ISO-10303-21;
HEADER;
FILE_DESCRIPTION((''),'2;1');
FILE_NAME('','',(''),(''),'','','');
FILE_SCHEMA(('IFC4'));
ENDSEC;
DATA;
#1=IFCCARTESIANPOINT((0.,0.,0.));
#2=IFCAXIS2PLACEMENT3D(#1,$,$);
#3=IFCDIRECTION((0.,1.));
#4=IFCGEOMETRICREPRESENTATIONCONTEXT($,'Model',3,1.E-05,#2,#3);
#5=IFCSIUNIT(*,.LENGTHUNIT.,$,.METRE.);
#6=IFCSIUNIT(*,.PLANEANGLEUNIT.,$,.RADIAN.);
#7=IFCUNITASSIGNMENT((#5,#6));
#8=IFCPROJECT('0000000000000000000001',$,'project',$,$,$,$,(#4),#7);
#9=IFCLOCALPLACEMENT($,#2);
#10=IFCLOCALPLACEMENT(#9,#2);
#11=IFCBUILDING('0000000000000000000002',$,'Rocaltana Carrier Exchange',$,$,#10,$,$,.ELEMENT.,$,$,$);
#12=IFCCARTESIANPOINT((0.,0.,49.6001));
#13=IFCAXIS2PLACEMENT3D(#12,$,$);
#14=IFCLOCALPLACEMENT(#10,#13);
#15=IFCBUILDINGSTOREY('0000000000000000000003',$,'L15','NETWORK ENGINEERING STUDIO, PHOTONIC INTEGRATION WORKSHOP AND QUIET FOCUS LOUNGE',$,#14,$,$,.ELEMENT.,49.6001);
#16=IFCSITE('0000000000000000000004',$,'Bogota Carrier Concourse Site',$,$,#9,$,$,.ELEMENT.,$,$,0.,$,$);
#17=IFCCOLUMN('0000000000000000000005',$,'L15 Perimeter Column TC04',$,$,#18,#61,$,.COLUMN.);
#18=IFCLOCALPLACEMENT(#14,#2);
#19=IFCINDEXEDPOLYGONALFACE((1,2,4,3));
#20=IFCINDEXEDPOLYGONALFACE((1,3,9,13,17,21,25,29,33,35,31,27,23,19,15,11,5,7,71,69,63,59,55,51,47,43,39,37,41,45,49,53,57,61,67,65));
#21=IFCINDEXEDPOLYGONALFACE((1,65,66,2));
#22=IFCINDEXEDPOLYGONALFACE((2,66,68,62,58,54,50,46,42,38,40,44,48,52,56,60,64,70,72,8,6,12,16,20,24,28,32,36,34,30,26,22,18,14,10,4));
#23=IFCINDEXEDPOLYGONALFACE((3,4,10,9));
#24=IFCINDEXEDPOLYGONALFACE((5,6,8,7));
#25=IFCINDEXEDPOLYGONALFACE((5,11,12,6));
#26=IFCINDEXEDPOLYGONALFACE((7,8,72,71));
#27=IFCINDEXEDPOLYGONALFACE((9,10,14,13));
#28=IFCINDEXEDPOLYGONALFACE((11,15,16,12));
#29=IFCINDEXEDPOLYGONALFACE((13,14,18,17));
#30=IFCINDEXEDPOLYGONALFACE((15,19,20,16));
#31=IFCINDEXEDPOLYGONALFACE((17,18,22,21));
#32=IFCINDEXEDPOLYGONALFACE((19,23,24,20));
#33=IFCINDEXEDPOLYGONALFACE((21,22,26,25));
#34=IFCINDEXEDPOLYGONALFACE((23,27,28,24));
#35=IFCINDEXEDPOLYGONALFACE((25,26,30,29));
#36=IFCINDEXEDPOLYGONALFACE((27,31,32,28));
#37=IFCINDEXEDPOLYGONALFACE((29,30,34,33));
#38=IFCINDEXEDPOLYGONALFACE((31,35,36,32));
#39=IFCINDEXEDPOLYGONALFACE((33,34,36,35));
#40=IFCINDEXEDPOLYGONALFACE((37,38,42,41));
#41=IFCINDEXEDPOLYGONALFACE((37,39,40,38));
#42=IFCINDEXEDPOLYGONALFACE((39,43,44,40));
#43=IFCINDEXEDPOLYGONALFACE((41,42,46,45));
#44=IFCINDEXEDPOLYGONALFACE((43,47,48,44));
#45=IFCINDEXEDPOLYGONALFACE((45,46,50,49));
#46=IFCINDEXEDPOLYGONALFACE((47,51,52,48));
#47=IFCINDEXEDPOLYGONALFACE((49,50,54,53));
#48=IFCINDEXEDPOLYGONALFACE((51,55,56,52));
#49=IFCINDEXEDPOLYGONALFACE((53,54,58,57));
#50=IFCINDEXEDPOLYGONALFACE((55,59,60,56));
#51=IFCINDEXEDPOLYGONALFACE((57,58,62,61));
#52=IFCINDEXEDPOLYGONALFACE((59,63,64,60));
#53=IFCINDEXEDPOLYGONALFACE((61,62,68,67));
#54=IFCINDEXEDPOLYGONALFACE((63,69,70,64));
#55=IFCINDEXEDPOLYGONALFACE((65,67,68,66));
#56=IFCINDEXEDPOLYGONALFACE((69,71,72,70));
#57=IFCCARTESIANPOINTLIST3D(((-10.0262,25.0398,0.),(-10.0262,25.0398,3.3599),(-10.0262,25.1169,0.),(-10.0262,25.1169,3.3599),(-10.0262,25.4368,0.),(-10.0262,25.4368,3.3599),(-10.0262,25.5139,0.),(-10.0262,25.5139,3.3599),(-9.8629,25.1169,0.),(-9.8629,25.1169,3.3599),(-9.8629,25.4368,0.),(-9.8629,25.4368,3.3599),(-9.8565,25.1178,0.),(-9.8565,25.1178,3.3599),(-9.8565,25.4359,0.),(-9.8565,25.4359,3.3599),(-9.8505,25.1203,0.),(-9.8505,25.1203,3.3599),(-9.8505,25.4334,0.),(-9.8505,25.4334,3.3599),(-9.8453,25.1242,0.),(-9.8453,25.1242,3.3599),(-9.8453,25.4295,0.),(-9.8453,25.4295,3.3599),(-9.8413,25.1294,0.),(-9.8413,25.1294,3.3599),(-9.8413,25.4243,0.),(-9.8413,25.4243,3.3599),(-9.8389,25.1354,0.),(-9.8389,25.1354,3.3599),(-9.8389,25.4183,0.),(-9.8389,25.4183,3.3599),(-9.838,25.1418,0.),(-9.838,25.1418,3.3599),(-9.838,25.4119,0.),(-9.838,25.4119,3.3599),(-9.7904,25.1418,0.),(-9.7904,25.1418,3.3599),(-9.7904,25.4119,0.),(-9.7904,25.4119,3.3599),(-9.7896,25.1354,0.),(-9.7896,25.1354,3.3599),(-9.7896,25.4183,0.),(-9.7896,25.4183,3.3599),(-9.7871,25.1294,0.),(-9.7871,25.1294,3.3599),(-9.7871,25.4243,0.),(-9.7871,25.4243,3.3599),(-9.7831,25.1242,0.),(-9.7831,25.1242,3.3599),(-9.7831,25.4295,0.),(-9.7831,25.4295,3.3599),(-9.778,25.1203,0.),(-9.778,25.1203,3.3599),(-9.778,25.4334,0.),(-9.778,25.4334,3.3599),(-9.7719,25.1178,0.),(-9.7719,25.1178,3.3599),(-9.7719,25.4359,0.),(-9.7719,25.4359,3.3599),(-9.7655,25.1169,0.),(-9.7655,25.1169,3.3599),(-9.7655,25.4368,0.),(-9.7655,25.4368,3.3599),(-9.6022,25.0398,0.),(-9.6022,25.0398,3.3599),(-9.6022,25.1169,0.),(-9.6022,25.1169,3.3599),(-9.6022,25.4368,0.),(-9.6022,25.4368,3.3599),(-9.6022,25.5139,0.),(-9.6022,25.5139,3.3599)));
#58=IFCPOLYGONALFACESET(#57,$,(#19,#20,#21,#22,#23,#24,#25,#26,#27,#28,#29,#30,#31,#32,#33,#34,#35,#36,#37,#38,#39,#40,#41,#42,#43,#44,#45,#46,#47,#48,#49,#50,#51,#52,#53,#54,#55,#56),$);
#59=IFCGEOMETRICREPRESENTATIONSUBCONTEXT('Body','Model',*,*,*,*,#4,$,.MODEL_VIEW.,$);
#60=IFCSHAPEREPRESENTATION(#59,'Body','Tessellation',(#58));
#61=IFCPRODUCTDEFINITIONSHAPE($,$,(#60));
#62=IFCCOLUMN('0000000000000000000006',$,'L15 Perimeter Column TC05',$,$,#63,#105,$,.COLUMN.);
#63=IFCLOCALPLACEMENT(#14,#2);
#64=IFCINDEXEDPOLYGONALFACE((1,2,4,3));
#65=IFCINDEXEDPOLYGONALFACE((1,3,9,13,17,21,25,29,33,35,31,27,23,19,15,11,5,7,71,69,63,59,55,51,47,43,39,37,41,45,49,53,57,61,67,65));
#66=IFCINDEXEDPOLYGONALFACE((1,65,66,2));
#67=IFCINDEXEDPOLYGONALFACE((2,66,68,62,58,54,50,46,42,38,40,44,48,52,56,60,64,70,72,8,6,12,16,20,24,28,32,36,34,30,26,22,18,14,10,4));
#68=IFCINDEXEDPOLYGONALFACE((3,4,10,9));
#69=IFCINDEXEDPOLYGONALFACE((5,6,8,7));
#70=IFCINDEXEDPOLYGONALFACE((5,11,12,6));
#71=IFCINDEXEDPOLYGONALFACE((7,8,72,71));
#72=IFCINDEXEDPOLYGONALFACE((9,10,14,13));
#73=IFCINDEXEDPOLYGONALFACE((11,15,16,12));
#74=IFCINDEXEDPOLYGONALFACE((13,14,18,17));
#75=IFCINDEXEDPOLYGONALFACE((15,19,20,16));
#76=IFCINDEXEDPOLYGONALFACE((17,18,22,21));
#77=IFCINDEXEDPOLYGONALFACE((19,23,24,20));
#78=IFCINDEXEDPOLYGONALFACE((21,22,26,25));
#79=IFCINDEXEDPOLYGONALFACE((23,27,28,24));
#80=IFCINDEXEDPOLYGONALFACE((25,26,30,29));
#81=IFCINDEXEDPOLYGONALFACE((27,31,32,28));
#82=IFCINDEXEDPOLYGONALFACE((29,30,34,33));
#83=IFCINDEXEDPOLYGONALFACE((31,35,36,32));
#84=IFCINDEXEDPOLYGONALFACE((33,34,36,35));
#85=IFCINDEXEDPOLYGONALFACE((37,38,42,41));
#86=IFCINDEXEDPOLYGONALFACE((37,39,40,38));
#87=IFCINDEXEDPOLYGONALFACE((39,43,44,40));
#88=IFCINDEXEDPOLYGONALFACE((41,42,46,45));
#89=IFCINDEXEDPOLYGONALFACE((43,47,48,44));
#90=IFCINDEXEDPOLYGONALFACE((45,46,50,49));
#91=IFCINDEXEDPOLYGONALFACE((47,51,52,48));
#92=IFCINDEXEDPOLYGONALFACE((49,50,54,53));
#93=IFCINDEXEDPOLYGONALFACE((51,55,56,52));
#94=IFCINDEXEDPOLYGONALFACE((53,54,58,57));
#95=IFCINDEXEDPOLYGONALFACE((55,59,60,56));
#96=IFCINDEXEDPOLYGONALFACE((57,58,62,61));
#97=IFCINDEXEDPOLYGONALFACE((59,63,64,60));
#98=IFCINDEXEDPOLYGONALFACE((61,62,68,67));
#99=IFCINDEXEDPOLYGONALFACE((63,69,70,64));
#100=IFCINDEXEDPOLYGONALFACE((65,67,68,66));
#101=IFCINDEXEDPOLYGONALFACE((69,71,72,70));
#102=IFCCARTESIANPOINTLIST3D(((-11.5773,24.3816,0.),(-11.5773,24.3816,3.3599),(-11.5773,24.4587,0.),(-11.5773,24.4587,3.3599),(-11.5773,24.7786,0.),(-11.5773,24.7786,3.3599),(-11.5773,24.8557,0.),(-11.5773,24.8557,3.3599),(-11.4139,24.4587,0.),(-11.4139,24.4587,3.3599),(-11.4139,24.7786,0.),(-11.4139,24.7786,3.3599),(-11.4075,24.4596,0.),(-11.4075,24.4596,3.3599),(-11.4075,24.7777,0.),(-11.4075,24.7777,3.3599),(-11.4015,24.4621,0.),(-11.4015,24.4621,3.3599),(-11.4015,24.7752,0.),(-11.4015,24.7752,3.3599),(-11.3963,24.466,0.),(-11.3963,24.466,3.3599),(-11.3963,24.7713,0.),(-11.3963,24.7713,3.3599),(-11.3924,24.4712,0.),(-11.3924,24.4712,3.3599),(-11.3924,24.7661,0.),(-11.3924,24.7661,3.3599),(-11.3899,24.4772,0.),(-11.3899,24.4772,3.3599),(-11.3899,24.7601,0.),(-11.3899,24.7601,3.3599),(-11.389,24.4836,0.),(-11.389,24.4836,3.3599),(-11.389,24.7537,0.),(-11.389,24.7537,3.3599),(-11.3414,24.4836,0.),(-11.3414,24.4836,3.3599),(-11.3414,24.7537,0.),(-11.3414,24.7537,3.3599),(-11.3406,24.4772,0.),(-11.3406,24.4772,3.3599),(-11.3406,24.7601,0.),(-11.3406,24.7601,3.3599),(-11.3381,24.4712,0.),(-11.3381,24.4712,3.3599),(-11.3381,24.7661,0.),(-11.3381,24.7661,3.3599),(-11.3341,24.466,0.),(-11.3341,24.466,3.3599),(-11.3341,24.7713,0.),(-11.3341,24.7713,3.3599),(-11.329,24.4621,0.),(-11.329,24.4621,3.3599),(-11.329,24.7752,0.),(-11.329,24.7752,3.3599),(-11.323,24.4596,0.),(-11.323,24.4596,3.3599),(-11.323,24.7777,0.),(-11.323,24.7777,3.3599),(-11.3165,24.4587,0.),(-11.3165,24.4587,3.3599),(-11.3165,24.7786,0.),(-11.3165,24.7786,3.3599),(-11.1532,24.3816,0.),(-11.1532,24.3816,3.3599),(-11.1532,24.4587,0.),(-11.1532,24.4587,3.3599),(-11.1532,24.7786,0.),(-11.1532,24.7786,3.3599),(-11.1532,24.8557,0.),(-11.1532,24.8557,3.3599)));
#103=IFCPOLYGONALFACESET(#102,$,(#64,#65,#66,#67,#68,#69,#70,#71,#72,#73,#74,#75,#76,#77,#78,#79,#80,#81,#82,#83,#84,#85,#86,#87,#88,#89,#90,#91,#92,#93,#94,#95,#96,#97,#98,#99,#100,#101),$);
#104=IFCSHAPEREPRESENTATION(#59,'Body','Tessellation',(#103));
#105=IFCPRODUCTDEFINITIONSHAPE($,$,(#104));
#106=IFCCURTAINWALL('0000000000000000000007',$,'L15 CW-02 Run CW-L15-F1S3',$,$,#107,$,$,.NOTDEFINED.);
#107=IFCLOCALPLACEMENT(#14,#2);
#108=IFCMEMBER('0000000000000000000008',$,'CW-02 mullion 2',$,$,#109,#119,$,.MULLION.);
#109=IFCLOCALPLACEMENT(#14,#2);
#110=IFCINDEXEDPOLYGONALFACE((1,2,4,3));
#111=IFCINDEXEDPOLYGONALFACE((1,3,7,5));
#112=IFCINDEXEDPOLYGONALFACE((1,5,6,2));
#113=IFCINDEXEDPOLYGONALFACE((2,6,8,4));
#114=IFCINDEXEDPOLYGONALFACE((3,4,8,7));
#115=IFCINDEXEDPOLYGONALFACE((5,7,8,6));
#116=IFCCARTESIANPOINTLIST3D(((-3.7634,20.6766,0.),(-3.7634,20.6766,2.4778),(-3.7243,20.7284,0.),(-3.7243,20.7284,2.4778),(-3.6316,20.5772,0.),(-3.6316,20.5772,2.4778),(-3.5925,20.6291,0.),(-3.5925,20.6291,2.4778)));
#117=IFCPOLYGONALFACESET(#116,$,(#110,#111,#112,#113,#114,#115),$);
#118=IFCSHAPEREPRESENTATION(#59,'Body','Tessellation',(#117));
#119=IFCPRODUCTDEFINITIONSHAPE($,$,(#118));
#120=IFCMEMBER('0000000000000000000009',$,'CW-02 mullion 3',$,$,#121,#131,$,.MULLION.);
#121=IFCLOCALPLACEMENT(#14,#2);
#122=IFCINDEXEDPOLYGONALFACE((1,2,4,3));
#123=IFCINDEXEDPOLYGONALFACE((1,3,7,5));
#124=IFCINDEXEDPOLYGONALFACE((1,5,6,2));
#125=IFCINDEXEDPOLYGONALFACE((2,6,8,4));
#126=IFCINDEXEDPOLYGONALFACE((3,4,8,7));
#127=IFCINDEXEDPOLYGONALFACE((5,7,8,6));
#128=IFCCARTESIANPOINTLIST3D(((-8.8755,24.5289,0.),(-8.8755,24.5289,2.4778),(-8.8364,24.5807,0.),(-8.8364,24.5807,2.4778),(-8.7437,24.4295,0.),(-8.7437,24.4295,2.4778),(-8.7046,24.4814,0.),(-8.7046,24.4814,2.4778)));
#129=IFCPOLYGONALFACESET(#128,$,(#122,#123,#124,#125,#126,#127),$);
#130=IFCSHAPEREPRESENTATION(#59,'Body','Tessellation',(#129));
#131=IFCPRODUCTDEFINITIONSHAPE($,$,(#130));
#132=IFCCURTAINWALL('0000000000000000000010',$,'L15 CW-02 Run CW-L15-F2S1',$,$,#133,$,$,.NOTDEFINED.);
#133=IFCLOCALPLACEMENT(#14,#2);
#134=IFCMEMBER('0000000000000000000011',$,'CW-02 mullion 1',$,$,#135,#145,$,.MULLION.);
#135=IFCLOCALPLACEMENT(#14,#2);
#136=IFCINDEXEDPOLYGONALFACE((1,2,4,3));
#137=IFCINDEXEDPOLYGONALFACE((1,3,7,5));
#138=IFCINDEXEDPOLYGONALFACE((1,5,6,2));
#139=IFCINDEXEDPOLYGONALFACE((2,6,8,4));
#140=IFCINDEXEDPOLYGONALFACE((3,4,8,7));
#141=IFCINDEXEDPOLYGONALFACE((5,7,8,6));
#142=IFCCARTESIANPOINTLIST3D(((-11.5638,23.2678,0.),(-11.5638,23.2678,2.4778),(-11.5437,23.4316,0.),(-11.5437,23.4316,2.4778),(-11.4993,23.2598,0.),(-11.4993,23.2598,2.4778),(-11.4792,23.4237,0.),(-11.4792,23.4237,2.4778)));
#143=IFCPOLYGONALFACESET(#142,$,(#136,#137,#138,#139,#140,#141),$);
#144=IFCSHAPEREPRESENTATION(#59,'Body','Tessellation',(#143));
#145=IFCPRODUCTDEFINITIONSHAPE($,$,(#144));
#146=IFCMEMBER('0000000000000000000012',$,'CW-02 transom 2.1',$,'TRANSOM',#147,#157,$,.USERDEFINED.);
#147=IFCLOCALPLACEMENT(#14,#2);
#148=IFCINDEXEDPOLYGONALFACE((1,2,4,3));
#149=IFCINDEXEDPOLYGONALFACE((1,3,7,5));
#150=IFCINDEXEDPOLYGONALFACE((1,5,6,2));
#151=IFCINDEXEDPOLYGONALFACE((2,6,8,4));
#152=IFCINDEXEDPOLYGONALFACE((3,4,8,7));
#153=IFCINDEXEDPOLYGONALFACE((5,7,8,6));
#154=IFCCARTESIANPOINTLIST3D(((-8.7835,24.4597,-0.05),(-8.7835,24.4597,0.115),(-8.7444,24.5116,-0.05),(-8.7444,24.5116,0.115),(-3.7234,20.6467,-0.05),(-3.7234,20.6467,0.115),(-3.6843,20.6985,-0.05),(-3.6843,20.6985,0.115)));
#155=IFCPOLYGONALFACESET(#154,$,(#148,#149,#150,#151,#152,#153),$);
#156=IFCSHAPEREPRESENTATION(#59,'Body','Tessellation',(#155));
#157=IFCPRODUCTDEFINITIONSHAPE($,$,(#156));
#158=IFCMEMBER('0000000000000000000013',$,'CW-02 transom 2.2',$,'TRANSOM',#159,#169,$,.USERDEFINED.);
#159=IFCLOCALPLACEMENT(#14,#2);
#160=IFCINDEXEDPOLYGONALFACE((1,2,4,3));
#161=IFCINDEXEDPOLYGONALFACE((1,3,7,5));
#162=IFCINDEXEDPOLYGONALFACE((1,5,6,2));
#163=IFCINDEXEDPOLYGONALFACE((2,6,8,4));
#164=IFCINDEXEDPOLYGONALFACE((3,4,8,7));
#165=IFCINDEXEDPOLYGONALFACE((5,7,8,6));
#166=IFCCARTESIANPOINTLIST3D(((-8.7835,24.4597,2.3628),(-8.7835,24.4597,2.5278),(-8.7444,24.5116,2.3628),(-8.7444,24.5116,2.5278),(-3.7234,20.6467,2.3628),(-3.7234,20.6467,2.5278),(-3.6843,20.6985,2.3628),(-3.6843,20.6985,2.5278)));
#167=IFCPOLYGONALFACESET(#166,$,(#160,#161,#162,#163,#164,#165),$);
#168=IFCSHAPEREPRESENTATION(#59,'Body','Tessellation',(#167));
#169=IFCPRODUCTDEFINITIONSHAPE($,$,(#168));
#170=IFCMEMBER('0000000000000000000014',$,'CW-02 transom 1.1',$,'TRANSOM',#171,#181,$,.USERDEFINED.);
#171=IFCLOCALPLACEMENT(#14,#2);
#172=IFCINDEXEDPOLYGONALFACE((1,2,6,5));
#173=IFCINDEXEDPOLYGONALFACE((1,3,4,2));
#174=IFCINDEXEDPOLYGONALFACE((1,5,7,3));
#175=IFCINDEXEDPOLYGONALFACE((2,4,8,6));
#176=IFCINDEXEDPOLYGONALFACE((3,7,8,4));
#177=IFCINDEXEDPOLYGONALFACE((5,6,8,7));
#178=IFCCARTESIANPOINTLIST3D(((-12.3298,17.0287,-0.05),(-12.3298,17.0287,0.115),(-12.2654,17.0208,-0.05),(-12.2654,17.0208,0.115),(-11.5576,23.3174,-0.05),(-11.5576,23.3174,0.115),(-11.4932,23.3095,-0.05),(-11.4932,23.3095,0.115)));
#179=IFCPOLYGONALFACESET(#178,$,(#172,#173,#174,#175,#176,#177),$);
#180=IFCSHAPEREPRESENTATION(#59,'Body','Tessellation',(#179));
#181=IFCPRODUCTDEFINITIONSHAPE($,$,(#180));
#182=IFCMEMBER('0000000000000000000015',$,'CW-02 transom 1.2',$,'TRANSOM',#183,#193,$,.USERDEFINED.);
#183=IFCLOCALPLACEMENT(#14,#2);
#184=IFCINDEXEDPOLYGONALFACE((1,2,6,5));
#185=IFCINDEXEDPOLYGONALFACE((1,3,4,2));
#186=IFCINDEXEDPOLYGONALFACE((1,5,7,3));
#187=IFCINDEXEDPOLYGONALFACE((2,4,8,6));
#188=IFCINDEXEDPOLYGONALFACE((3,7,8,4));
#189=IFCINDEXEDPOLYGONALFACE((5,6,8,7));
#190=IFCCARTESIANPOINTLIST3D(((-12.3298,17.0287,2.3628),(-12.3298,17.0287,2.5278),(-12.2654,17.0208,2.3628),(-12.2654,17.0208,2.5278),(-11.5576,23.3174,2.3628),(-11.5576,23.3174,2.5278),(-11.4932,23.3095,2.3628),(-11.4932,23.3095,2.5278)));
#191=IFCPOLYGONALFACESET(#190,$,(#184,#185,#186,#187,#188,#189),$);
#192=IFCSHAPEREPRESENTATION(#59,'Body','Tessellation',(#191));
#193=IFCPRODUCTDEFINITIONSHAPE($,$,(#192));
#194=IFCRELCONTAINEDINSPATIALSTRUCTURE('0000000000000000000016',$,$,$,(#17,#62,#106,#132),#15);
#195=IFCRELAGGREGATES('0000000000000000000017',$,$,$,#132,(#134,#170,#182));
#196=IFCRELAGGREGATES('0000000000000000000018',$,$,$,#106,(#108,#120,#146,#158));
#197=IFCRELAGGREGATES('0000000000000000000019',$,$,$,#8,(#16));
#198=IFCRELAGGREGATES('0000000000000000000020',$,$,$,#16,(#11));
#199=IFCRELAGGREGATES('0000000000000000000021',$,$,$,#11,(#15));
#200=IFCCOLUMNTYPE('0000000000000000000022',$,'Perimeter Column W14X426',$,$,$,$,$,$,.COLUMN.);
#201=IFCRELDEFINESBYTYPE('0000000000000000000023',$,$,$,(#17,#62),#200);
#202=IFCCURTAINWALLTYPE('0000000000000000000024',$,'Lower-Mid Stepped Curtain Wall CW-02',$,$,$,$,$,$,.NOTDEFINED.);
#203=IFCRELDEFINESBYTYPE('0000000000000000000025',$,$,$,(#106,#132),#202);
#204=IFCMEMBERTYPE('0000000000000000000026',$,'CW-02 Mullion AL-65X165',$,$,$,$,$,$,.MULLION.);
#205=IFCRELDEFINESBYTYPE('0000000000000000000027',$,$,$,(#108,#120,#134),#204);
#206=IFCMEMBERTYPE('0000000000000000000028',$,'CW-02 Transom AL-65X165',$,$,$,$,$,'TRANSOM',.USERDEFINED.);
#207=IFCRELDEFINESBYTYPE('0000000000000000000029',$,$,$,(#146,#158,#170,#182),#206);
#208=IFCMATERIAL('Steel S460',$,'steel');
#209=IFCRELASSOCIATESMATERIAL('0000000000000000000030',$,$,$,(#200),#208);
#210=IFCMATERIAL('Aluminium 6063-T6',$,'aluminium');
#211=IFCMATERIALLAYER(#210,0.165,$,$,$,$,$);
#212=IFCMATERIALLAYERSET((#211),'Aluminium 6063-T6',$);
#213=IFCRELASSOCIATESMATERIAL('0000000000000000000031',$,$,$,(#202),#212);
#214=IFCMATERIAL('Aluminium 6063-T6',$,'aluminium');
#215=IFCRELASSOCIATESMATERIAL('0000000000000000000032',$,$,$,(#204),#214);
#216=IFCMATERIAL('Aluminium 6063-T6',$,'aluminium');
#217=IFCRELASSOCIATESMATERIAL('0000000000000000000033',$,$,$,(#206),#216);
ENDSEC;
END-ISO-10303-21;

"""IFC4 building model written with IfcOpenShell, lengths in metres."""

from ifc_helpers import new_model, si_unit, direction, frame, origin, origin_2d, place, context, subcontext, project, spatial, rectangle, i_section, extrude, material, layer, layer_set, material_profile, profile_set, type_object, element, aggregate, save


model = new_model("IFC4")

# Units and contexts
model_context = context("Model", 3, precision=1e-05, world=origin(), true_north=direction((0.0, 1.0)))
body_context = subcontext(model_context, "Body", "Model", "MODEL_VIEW")
ifc_project = project(units=[si_unit("LENGTHUNIT", "METRE"), si_unit("PLANEANGLEUNIT", "RADIAN")], contexts=[model_context])

# Site, building, storey
site_placement = place(None, origin())
site = spatial("IfcSite", under=ifc_project, at=site_placement, Name="Bogota Carrier Concourse Site", CompositionType="ELEMENT", RefElevation=0.0)
building_placement = place(site_placement, origin())
building = spatial("IfcBuilding", under=site, at=building_placement, Name="Rocaltana Carrier Exchange", CompositionType="ELEMENT")
storey_placement = place(building_placement, frame((0.0, 0.0, 49.6001)))
storey = spatial("IfcBuildingStorey", under=building, at=storey_placement, Name="L15", Description="NETWORK ENGINEERING STUDIO, PHOTONIC INTEGRATION WORKSHOP AND QUIET FOCUS LOUNGE", CompositionType="ELEMENT", Elevation=49.6001)

# Columns
ifc_material_1 = material(Name="Steel S460", Category="steel")
ifc_material_profile_1 = material_profile(ifc_material_1, i_section(OverallWidth=0.4241, OverallDepth=0.4741, WebThickness=0.0476, FlangeThickness=0.0771, FilletRadius=0.0249, at=origin_2d()), Name="W14X426")
ifc_profile_set_1 = profile_set([ifc_material_profile_1], Name="Steel S460")
column_type = type_object("IfcColumnType", Name="Perimeter Column W14X426", PredefinedType="COLUMN", material=ifc_profile_set_1)
for number, where, z_axis, x_axis, name in (
    (1, (-9.8142, 25.2769, 0.0), (0.0, 0.0, 1.0), (1.0, 0.0, 0.0), "L15 Perimeter Column TC04"),
    (2, (-11.3652, 24.6187, 0.0), (0.0, 0.0, 1.0), (1.0, 0.0, 0.0), "L15 Perimeter Column TC05"),
):
    element("IfcColumn", number, at=place(storey_placement, frame(where, z_axis=z_axis, x_axis=x_axis)), inside=storey, type_object=column_type, Name=name, PredefinedType="COLUMN", context=body_context, shape_type="SweptSolid", body=[
        extrude(i_section(OverallWidth=0.4241, OverallDepth=0.4741, WebThickness=0.0476, FlangeThickness=0.0771, FilletRadius=0.0249, at=origin_2d()), origin(), (0.0, 0.0, 1.0), 3.3599),
    ])

# Curtain wall, members
ifc_material_2 = material(Name="Aluminium 6063-T6", Category="aluminium")
ifc_layer_1 = layer(ifc_material_2, 0.165)
ifc_layer_set_1 = layer_set([ifc_layer_1], Name="Aluminium 6063-T6")
curtain_wall_type = type_object("IfcCurtainWallType", Name="Lower-Mid Stepped Curtain Wall CW-02", PredefinedType="NOTDEFINED", material=ifc_layer_set_1)
curtain_wall_1_placement = place(storey_placement, origin())
curtain_wall_1 = element("IfcCurtainWall", 3, at=curtain_wall_1_placement, inside=storey, type_object=curtain_wall_type, Name="L15 CW-02 Run CW-L15-F1S3", PredefinedType="NOTDEFINED")
ifc_material_3 = material(Name="Aluminium 6063-T6", Category="aluminium")
ifc_material_profile_2 = material_profile(ifc_material_3, rectangle(XDim=0.0649, YDim=0.165, at=origin_2d()), Name="AL-65X165")
ifc_profile_set_2 = profile_set([ifc_material_profile_2], Name="Aluminium 6063-T6")
member_type_1 = type_object("IfcMemberType", Name="CW-02 Mullion AL-65X165", PredefinedType="MULLION", material=ifc_profile_set_2)
member_1_placement = place(storey_placement, frame((-3.678, 20.6528, 0.0), z_axis=(0.0, 0.0, 1.0), x_axis=(-0.601812, -0.798638, 0.0)))
member_1 = element("IfcMember", 4, at=member_1_placement, type_object=member_type_1, Name="CW-02 mullion 2", PredefinedType="MULLION", context=body_context, shape_type="SweptSolid", body=[
    extrude(rectangle(XDim=0.0649, YDim=0.165, at=origin_2d()), origin(), (0.0, 0.0, 1.0), 2.4778),
])
member_2_placement = place(storey_placement, frame((-8.79, 24.5051, 0.0), z_axis=(0.0, 0.0, 1.0), x_axis=(-0.601812, -0.798638, 0.0)))
member_2 = element("IfcMember", 5, at=member_2_placement, type_object=member_type_1, Name="CW-02 mullion 3", PredefinedType="MULLION", context=body_context, shape_type="SweptSolid", body=[
    extrude(rectangle(XDim=0.0649, YDim=0.165, at=origin_2d()), origin(), (0.0, 0.0, 1.0), 2.4778),
])

# Curtain wall, member
curtain_wall_2_placement = place(storey_placement, origin())
curtain_wall_2 = element("IfcCurtainWall", 6, at=curtain_wall_2_placement, inside=storey, type_object=curtain_wall_type, Name="L15 CW-02 Run CW-L15-F2S1", PredefinedType="NOTDEFINED")
member_3_placement = place(storey_placement, frame((-11.5215, 23.3457, 0.0), z_axis=(0.0, 0.0, 1.0), x_axis=(0.992546, -0.121873, 0.0)))
member_3 = element("IfcMember", 7, at=member_3_placement, type_object=member_type_1, Name="CW-02 mullion 1", PredefinedType="MULLION", context=body_context, shape_type="SweptSolid", body=[
    extrude(rectangle(XDim=0.0649, YDim=0.165, at=origin_2d()), origin(), (0.0, 0.0, 1.0), 2.4778),
])

# Members
ifc_material_4 = material(Name="Aluminium 6063-T6", Category="aluminium")
ifc_material_profile_3 = material_profile(ifc_material_4, rectangle(XDim=0.0649, YDim=0.165, at=origin_2d()), Name="AL-65X165")
ifc_profile_set_3 = profile_set([ifc_material_profile_3], Name="Aluminium 6063-T6")
member_type_2 = type_object("IfcMemberType", Name="CW-02 Transom AL-65X165", ElementType="TRANSOM", PredefinedType="USERDEFINED", material=ifc_profile_set_3)
member_4_placement = place(storey_placement, frame((-3.7039, 20.6726, 0.0325), z_axis=(-0.798638, 0.601811, 0.0), x_axis=(-0.601811, -0.798638, 0.0)))
member_4 = element("IfcMember", 8, at=member_4_placement, type_object=member_type_2, Name="CW-02 transom 2.1", ObjectType="TRANSOM", PredefinedType="USERDEFINED", context=body_context, shape_type="SweptSolid", body=[
    extrude(rectangle(XDim=0.0649, YDim=0.165, at=origin_2d()), origin(), (0.0, 0.0, 1.0), 6.3359),
])
member_5_placement = place(storey_placement, frame((-3.7039, 20.6726, 2.4453), z_axis=(-0.798638, 0.601811, 0.0), x_axis=(-0.601811, -0.798638, 0.0)))
member_5 = element("IfcMember", 9, at=member_5_placement, type_object=member_type_2, Name="CW-02 transom 2.2", ObjectType="TRANSOM", PredefinedType="USERDEFINED", context=body_context, shape_type="SweptSolid", body=[
    extrude(rectangle(XDim=0.0649, YDim=0.165, at=origin_2d()), origin(), (0.0, 0.0, 1.0), 6.3359),
])
member_6_placement = place(storey_placement, frame((-11.5254, 23.3135, 0.0325), z_axis=(-0.121877, -0.992545, 0.0), x_axis=(0.992545, -0.121877, 0.0)))
member_6 = element("IfcMember", 10, at=member_6_placement, type_object=member_type_2, Name="CW-02 transom 1.1", ObjectType="TRANSOM", PredefinedType="USERDEFINED", context=body_context, shape_type="SweptSolid", body=[
    extrude(rectangle(XDim=0.0649, YDim=0.165, at=origin_2d()), origin(), (0.0, 0.0, 1.0), 6.3359),
])
member_7_placement = place(storey_placement, frame((-11.5254, 23.3135, 2.4453), z_axis=(-0.121877, -0.992545, 0.0), x_axis=(0.992545, -0.121877, 0.0)))
member_7 = element("IfcMember", 11, at=member_7_placement, type_object=member_type_2, Name="CW-02 transom 1.2", ObjectType="TRANSOM", PredefinedType="USERDEFINED", context=body_context, shape_type="SweptSolid", body=[
    extrude(rectangle(XDim=0.0649, YDim=0.165, at=origin_2d()), origin(), (0.0, 0.0, 1.0), 6.3359),
])
aggregate(curtain_wall_2, [member_3, member_6, member_7])

aggregate(curtain_wall_1, [member_1, member_2, member_4, member_5])

save(model, "model.ifc")
